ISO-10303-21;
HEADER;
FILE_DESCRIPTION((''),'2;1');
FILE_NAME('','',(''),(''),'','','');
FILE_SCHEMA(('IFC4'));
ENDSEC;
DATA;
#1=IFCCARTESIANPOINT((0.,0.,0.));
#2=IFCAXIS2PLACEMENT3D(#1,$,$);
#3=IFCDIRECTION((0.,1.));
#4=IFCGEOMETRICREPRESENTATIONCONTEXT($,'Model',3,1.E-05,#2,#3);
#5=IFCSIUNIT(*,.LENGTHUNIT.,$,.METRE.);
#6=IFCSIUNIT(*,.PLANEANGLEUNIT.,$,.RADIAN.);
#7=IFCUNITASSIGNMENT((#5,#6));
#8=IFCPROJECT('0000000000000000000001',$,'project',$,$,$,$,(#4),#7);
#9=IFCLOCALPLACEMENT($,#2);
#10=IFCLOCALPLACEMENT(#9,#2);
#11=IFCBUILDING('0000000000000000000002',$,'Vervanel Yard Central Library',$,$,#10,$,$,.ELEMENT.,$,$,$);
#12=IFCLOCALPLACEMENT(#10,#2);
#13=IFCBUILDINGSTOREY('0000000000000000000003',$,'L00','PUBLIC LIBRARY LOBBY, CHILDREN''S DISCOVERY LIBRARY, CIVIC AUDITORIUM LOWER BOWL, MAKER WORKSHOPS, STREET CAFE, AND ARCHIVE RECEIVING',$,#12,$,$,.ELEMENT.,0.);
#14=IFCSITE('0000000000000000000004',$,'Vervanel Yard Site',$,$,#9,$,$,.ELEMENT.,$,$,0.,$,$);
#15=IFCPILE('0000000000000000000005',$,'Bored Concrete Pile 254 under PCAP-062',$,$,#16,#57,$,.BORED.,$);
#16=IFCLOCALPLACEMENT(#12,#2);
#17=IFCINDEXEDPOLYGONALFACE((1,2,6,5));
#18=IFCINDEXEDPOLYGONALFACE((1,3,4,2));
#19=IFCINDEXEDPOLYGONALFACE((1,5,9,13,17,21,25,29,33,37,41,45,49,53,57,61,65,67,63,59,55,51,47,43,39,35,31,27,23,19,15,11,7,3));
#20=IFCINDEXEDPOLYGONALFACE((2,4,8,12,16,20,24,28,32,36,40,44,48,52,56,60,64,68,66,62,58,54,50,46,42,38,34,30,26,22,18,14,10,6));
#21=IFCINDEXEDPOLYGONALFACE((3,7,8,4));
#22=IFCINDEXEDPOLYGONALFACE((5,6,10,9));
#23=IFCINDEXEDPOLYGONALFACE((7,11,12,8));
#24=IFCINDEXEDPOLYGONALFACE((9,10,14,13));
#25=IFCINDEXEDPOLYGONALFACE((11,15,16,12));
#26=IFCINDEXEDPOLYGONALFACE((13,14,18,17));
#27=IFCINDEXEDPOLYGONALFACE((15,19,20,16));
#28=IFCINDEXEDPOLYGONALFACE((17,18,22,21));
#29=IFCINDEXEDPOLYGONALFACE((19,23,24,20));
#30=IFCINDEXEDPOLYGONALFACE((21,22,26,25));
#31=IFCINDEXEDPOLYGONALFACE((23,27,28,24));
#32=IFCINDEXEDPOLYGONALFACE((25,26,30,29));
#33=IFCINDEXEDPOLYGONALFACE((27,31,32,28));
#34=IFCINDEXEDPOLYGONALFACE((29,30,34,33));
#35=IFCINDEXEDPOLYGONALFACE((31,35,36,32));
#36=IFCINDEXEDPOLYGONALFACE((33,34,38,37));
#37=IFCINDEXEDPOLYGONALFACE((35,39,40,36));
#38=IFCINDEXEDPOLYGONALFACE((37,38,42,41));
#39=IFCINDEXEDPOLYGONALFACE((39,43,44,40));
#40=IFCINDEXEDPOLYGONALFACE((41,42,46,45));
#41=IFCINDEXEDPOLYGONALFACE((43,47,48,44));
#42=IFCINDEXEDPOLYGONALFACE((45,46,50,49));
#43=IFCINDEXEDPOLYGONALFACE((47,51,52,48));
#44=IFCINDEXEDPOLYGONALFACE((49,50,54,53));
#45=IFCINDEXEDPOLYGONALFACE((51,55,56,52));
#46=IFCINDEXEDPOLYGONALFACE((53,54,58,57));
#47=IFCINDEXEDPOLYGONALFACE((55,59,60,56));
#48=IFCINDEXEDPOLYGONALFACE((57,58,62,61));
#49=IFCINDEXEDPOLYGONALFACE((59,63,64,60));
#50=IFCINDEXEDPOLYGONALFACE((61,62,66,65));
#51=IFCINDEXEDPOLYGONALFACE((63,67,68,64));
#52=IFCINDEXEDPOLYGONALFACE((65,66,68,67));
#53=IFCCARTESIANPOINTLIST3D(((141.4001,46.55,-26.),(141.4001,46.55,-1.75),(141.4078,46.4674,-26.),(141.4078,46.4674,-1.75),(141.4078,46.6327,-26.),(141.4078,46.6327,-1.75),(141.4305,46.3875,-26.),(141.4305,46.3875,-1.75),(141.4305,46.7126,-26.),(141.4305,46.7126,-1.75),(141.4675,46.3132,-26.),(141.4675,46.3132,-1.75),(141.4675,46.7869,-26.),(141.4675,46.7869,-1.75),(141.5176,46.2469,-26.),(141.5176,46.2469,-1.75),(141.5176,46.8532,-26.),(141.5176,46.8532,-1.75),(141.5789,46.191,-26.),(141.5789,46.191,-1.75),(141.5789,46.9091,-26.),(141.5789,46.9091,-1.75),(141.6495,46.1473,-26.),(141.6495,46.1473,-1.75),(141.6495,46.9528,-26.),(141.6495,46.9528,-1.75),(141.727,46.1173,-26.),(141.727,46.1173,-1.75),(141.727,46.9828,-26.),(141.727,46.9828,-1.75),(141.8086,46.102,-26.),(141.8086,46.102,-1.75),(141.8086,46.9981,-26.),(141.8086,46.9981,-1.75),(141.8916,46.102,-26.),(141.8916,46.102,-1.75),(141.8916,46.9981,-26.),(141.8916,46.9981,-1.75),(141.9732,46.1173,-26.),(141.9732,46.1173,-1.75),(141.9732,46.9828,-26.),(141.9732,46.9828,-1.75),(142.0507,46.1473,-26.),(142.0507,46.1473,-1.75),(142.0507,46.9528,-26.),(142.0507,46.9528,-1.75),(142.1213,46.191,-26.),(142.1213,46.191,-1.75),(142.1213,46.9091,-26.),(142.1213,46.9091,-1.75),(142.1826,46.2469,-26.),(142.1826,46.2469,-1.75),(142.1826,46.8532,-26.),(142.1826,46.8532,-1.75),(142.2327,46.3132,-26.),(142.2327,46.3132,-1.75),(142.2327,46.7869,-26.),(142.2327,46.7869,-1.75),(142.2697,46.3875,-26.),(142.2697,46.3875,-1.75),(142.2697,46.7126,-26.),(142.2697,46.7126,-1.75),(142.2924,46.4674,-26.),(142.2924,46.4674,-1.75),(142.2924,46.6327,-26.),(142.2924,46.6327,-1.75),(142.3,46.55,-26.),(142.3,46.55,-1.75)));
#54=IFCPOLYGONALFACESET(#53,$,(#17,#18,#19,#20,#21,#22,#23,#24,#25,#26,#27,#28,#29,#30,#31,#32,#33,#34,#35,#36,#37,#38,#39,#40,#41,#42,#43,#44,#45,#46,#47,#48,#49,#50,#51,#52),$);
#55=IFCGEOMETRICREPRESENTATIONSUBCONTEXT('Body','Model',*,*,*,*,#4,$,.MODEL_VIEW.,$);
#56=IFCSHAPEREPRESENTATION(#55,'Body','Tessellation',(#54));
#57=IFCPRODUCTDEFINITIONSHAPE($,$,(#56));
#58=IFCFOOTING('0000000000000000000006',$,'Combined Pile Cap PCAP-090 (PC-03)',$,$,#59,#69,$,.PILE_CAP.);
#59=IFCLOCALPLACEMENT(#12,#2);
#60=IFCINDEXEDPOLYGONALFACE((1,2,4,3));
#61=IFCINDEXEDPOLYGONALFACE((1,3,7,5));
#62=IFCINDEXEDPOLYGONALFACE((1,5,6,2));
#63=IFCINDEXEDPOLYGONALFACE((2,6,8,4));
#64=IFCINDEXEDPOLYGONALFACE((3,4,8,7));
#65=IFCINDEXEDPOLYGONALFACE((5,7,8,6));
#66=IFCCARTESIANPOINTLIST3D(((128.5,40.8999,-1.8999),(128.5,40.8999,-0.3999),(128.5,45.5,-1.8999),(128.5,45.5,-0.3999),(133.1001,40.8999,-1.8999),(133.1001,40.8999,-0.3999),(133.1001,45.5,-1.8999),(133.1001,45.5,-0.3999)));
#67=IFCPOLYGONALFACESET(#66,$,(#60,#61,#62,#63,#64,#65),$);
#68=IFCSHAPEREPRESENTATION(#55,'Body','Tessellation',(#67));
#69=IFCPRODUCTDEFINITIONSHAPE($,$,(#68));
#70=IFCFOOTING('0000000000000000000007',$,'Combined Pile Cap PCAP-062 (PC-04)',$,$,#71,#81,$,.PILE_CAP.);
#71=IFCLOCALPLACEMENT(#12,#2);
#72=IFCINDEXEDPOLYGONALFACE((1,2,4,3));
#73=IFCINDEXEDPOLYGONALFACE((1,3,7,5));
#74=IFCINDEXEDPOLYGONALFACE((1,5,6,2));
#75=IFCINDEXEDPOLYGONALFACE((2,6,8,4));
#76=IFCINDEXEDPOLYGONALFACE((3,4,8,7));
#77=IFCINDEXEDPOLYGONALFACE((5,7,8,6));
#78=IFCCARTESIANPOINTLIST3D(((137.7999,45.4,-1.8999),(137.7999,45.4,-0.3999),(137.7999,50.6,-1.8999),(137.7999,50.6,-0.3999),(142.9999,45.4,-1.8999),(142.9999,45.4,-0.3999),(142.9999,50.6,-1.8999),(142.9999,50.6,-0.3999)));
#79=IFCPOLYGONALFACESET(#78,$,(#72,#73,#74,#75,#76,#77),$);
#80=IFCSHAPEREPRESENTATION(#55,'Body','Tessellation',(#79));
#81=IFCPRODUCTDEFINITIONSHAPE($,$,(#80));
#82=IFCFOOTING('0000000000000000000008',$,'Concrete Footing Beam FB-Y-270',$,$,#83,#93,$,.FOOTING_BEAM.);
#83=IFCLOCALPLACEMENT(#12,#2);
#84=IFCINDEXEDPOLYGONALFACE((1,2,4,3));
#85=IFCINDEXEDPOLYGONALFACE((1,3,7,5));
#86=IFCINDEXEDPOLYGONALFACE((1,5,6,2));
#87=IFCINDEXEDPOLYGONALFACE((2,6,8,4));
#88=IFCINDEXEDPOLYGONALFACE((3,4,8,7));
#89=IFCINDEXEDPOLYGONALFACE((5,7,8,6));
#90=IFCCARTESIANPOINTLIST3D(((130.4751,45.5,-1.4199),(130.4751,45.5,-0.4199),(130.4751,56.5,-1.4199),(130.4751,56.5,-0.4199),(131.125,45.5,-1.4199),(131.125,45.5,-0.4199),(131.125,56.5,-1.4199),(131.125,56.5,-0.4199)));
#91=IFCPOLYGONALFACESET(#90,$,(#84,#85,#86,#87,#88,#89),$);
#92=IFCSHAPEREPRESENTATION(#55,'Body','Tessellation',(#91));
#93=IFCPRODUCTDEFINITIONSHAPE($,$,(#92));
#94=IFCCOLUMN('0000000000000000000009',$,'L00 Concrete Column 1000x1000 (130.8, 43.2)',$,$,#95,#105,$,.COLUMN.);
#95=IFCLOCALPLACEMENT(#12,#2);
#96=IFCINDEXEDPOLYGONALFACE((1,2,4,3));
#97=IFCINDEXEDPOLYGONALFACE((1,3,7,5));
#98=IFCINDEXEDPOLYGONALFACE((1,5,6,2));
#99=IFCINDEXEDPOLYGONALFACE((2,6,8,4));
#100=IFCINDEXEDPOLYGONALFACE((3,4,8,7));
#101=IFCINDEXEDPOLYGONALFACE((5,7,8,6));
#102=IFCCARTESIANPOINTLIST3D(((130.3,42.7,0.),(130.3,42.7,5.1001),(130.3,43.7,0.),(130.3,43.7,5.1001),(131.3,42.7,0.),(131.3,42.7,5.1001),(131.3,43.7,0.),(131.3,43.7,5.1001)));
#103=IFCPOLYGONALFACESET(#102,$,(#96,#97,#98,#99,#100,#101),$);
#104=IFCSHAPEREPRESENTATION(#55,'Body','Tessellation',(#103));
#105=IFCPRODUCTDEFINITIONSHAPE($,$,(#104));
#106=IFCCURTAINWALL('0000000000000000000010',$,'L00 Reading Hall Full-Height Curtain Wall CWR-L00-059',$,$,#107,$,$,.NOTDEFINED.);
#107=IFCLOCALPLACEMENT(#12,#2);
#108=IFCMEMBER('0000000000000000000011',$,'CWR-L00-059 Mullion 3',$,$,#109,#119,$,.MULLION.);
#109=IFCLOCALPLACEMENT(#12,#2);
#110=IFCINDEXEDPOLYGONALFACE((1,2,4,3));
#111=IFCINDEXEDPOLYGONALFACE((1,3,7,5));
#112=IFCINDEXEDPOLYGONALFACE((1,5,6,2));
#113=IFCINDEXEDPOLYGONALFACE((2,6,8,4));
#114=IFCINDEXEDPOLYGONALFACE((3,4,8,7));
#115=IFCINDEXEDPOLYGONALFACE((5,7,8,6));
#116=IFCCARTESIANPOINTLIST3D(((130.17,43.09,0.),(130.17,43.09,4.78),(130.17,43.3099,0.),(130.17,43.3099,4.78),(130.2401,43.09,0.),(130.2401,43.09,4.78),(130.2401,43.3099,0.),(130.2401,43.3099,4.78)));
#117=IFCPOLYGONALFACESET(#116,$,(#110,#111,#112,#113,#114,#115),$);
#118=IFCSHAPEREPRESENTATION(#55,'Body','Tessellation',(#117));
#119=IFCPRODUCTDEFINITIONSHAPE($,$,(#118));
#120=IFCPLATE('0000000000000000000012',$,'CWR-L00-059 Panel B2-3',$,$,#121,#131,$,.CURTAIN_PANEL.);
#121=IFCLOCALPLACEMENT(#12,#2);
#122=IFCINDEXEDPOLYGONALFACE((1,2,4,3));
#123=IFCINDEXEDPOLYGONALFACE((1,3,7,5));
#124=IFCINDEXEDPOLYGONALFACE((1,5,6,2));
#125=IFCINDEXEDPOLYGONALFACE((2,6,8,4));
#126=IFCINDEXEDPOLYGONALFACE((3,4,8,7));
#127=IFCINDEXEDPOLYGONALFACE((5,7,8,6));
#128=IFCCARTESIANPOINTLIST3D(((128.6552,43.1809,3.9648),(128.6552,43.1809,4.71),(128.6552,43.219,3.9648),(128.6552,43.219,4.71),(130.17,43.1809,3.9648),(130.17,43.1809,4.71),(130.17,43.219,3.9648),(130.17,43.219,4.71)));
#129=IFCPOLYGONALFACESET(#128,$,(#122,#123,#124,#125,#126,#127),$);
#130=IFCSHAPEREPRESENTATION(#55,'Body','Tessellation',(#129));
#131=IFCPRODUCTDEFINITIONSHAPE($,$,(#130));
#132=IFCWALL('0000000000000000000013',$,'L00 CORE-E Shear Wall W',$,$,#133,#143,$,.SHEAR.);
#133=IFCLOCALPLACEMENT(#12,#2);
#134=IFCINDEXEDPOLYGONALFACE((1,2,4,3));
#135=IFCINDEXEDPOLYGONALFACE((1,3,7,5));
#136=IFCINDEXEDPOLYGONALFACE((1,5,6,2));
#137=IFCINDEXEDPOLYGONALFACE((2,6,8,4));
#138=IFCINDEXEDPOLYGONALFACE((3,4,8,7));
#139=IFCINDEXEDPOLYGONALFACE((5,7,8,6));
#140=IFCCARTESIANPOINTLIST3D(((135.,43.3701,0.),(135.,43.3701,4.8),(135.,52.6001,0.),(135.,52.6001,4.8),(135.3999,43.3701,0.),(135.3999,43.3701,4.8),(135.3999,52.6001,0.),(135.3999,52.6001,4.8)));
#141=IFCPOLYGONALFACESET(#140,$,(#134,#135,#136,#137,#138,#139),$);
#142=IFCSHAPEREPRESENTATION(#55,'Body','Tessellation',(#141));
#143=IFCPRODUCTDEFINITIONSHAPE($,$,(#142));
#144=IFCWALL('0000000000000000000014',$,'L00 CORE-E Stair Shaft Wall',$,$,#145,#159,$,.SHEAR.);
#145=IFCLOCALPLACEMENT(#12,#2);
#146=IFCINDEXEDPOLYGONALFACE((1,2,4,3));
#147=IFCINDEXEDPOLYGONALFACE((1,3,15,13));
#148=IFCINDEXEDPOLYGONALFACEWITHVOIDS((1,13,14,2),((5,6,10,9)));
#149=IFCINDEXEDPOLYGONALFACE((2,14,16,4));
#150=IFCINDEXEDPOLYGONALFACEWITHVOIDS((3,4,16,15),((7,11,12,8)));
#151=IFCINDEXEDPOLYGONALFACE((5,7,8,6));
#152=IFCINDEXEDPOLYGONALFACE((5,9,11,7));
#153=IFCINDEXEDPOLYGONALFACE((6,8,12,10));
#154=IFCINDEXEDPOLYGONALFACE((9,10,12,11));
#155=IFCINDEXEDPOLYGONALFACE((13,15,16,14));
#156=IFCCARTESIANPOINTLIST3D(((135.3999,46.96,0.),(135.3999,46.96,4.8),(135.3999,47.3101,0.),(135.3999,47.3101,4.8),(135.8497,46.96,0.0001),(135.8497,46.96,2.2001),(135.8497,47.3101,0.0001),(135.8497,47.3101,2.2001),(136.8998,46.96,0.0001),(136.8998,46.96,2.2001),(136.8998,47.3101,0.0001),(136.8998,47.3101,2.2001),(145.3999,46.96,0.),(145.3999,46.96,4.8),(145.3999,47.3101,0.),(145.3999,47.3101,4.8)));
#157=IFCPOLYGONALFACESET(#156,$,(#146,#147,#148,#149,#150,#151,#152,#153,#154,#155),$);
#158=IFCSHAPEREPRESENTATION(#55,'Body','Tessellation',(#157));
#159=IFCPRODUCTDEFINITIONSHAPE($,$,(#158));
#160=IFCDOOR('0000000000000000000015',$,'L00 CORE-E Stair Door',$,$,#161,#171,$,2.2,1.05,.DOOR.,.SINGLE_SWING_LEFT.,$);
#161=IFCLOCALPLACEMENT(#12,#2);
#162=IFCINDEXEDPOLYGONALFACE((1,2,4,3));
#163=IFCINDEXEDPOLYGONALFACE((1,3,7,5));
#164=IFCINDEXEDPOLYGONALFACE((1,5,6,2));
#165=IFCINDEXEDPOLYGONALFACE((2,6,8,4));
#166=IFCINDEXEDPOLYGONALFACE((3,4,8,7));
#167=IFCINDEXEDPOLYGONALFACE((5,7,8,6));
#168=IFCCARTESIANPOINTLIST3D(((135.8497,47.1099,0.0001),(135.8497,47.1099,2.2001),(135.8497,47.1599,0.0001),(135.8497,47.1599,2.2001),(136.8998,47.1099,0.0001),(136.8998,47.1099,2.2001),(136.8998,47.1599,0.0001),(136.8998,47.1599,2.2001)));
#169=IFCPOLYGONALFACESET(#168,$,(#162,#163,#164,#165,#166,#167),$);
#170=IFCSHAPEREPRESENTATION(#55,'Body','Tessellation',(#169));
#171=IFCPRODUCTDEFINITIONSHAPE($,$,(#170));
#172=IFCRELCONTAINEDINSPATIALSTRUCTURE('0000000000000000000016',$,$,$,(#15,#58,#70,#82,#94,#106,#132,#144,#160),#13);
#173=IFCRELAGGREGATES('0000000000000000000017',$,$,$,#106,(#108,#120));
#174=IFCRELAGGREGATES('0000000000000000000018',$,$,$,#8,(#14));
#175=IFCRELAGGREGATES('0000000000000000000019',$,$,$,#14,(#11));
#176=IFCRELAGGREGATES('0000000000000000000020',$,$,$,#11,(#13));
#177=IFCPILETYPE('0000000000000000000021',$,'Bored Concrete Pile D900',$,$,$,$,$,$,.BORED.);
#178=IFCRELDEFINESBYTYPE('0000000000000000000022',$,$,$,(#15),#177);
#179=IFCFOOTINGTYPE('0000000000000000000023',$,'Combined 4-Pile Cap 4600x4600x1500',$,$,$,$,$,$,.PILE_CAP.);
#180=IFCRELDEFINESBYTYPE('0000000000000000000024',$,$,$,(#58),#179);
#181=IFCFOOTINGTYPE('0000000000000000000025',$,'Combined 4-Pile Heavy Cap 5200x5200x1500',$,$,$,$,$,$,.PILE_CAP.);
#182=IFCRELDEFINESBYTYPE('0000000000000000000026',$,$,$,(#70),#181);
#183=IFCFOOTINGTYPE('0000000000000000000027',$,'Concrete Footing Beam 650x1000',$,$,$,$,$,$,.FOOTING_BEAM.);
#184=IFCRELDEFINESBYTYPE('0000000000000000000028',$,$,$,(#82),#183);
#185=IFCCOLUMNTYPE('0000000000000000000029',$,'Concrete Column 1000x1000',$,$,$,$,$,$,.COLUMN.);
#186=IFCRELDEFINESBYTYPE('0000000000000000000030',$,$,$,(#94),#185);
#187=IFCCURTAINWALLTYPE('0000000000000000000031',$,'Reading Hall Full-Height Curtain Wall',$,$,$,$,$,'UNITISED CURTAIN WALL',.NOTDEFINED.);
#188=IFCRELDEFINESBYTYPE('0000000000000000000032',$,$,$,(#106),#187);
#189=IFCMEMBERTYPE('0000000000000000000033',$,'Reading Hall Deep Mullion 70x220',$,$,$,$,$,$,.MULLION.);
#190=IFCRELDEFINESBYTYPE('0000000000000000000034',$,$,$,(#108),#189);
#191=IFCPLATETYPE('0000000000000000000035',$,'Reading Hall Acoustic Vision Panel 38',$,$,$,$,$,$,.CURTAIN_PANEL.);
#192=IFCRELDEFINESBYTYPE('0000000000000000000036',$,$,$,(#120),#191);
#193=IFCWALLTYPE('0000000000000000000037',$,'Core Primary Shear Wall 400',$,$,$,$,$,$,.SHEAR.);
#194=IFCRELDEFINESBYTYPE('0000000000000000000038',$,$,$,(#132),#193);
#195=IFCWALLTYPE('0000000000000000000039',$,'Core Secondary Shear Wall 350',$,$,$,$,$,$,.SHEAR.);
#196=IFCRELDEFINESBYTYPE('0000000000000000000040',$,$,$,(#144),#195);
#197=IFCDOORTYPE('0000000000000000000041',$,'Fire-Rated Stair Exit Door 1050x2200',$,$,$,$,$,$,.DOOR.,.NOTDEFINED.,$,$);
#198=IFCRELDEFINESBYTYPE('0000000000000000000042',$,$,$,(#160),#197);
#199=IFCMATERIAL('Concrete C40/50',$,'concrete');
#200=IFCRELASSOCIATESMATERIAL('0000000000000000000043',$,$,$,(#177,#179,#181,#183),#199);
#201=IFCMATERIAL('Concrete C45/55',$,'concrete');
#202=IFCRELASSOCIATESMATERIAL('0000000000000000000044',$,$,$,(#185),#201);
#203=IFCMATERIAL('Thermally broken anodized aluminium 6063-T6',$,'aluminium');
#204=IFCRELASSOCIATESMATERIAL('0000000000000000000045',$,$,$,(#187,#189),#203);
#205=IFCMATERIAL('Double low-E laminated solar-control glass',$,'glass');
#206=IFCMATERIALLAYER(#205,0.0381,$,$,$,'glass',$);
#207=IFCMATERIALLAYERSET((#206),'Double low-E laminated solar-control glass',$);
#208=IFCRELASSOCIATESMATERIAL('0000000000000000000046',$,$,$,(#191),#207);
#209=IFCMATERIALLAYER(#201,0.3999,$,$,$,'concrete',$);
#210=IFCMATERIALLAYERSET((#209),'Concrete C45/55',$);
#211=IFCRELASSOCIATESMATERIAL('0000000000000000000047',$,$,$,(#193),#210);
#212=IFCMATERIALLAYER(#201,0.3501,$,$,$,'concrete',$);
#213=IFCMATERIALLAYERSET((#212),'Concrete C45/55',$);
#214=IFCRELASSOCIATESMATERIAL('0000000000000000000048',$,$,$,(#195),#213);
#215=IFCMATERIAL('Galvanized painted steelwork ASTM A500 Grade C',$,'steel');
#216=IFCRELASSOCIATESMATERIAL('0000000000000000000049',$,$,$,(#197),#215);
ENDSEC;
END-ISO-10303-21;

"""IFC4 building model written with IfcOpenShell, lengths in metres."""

from ifc_helpers import new_model, si_unit, direction, frame, frame_2d, origin, origin_2d, place, context, subcontext, project, spatial, rectangle, circle, extrude, material, layer, layer_set, material_profile, profile_set, type_object, element, fill, aggregate, save


model = new_model("IFC4")

# Units and contexts
model_context = context("Model", 3, precision=1e-05, world=origin(), true_north=direction((0.0, 1.0)))
body_context = subcontext(model_context, "Body", "Model", "MODEL_VIEW")
ifc_project = project(units=[si_unit("LENGTHUNIT", "METRE"), si_unit("PLANEANGLEUNIT", "RADIAN")], contexts=[model_context])

# Site, building, storey
site_placement = place(None, origin())
site = spatial("IfcSite", under=ifc_project, at=site_placement, Name="Vervanel Yard Site", CompositionType="ELEMENT", RefElevation=0.0)
building_placement = place(site_placement, origin())
building = spatial("IfcBuilding", under=site, at=building_placement, Name="Vervanel Yard Central Library", CompositionType="ELEMENT")
storey_placement = place(building_placement, origin())
storey = spatial("IfcBuildingStorey", under=building, at=storey_placement, Name="L00", Description="PUBLIC LIBRARY LOBBY, CHILDREN'S DISCOVERY LIBRARY, CIVIC AUDITORIUM LOWER BOWL, MAKER WORKSHOPS, STREET CAFE, AND ARCHIVE RECEIVING", CompositionType="ELEMENT", Elevation=0.0)

# Pile
ifc_material_1 = material(Name="Concrete C40/50", Category="concrete")
ifc_material_profile_1 = material_profile(ifc_material_1, circle(Radius=0.45, at=origin_2d()), Name="BP D900", Category="concrete")
ifc_profile_set_1 = profile_set([ifc_material_profile_1], Name="Concrete C40/50")
pile_type_1 = type_object("IfcPileType", Name="Bored Concrete Pile D900", PredefinedType="BORED", material=ifc_profile_set_1)
for number, where, z_axis, x_axis, name in (
    (1, (141.8501, 46.55, -1.75), (0.0, 0.0, -1.0), (1.0, 0.0, 0.0), "Bored Concrete Pile 254 under PCAP-062"),
):
    element("IfcPile", number, at=place(storey_placement, frame(where, z_axis=z_axis, x_axis=x_axis)), inside=storey, type_object=pile_type_1, Name=name, PredefinedType="BORED", context=body_context, shape_type="SweptSolid", body=[
        extrude(circle(Radius=0.45, at=origin_2d()), origin(), (0.0, 0.0, 1.0), 24.25),
    ])

# Footings
footing_type_1 = type_object("IfcFootingType", Name="Combined 4-Pile Cap 4600x4600x1500", PredefinedType="PILE_CAP", material=ifc_material_1)
footing_1_placement = place(storey_placement, frame((130.8, 43.2, -1.8999), z_axis=(0.0, 0.0, 1.0), x_axis=(1.0, 0.0, 0.0)))
element("IfcFooting", 2, at=footing_1_placement, inside=storey, type_object=footing_type_1, Name="Combined Pile Cap PCAP-090 (PC-03)", PredefinedType="PILE_CAP", context=body_context, shape_type="SweptSolid", body=[
    extrude(rectangle(XDim=4.6001, YDim=4.6001, at=origin_2d()), origin(), (0.0, 0.0, 1.0), 1.5),
])
footing_type_2 = type_object("IfcFootingType", Name="Combined 4-Pile Heavy Cap 5200x5200x1500", PredefinedType="PILE_CAP", material=ifc_material_1)
footing_2_placement = place(storey_placement, frame((140.3999, 48.0, -1.8999), z_axis=(0.0, 0.0, 1.0), x_axis=(1.0, 0.0, 0.0)))
element("IfcFooting", 3, at=footing_2_placement, inside=storey, type_object=footing_type_2, Name="Combined Pile Cap PCAP-062 (PC-04)", PredefinedType="PILE_CAP", context=body_context, shape_type="SweptSolid", body=[
    extrude(rectangle(XDim=5.2, YDim=5.2, at=origin_2d()), origin(), (0.0, 0.0, 1.0), 1.5),
])
ifc_material_profile_2 = material_profile(ifc_material_1, rectangle(XDim=0.6499, YDim=1.0, at=origin_2d()), Name="RC 650x1000", Category="concrete")
ifc_profile_set_2 = profile_set([ifc_material_profile_2], Name="Concrete C40/50")
footing_type_3 = type_object("IfcFootingType", Name="Concrete Footing Beam 650x1000", PredefinedType="FOOTING_BEAM", material=ifc_profile_set_2)
footing_3_placement = place(storey_placement, frame((130.8, 45.5, -0.9199), z_axis=(0.0, 1.0, 0.0), x_axis=(-1.0, 0.0, 0.0)))
element("IfcFooting", 4, at=footing_3_placement, inside=storey, type_object=footing_type_3, Name="Concrete Footing Beam FB-Y-270", PredefinedType="FOOTING_BEAM", context=body_context, shape_type="SweptSolid", body=[
    extrude(rectangle(XDim=0.6499, YDim=1.0, at=origin_2d()), origin(), (0.0, 0.0, 1.0), 11.0),
])

# Column
ifc_material_2 = material(Name="Concrete C45/55", Category="concrete")
ifc_material_profile_3 = material_profile(ifc_material_2, rectangle(XDim=1.0, YDim=1.0, at=origin_2d()), Name="RC 1000x1000", Category="concrete")
ifc_profile_set_3 = profile_set([ifc_material_profile_3], Name="Concrete C45/55")
column_type = type_object("IfcColumnType", Name="Concrete Column 1000x1000", PredefinedType="COLUMN", material=ifc_profile_set_3)
column_placement = place(storey_placement, frame((130.8, 43.2, 0.0), z_axis=(0.0, 0.0, 1.0), x_axis=(1.0, 0.0, 0.0)))
element("IfcColumn", 5, at=column_placement, inside=storey, type_object=column_type, Name="L00 Concrete Column 1000x1000 (130.8, 43.2)", PredefinedType="COLUMN", context=body_context, shape_type="SweptSolid", body=[
    extrude(rectangle(XDim=1.0, YDim=1.0, at=origin_2d()), origin(), (0.0, 0.0, 1.0), 5.1001),
])

# Curtain wall, member, plate
ifc_material_3 = material(Name="Thermally broken anodized aluminium 6063-T6", Category="aluminium")
curtain_wall_type = type_object("IfcCurtainWallType", Name="Reading Hall Full-Height Curtain Wall", ElementType="UNITISED CURTAIN WALL", PredefinedType="NOTDEFINED", material=ifc_material_3)
curtain_wall_placement = place(storey_placement, origin())
curtain_wall = element("IfcCurtainWall", 6, at=curtain_wall_placement, inside=storey, type_object=curtain_wall_type, Name="L00 Reading Hall Full-Height Curtain Wall CWR-L00-059", PredefinedType="NOTDEFINED")
ifc_material_profile_4 = material_profile(ifc_material_3, rectangle(XDim=0.0701, YDim=0.22, at=origin_2d()), Name="ALU 70x220", Category="aluminium")
ifc_profile_set_4 = profile_set([ifc_material_profile_4], Name="Thermally broken anodized aluminium 6063-T6")
member_type = type_object("IfcMemberType", Name="Reading Hall Deep Mullion 70x220", PredefinedType="MULLION", material=ifc_profile_set_4)
member_placement = place(storey_placement, frame((130.2051, 43.2, 0.0), z_axis=(0.0, 0.0, 1.0), x_axis=(1.0, 0.0, 0.0)))
member = element("IfcMember", 7, at=member_placement, type_object=member_type, Name="CWR-L00-059 Mullion 3", PredefinedType="MULLION", context=body_context, shape_type="SweptSolid", body=[
    extrude(rectangle(XDim=0.0701, YDim=0.22, at=origin_2d()), origin(), (0.0, 0.0, 1.0), 4.78),
])
ifc_material_4 = material(Name="Double low-E laminated solar-control glass", Category="glass")
ifc_layer_1 = layer(ifc_material_4, 0.0381, Category="glass")
ifc_layer_set_1 = layer_set([ifc_layer_1], Name="Double low-E laminated solar-control glass")
plate_type = type_object("IfcPlateType", Name="Reading Hall Acoustic Vision Panel 38", PredefinedType="CURTAIN_PANEL", material=ifc_layer_set_1)
plate_placement = place(storey_placement, frame((129.4126, 43.2, 3.9648), z_axis=(0.0, 0.0, 1.0), x_axis=(1.0, 0.0, 0.0)))
plate = element("IfcPlate", 8, at=plate_placement, type_object=plate_type, Name="CWR-L00-059 Panel B2-3", PredefinedType="CURTAIN_PANEL", context=body_context, shape_type="SweptSolid", body=[
    extrude(rectangle(XDim=1.5149, YDim=0.0381, at=origin_2d()), origin(), (0.0, 0.0, 1.0), 0.7451),
])
aggregate(curtain_wall, [member, plate])

# Wall
ifc_layer_2 = layer(ifc_material_2, 0.3999, Category="concrete")
ifc_layer_set_2 = layer_set([ifc_layer_2], Name="Concrete C45/55")
wall_type_1 = type_object("IfcWallType", Name="Core Primary Shear Wall 400", PredefinedType="SHEAR", material=ifc_layer_set_2)
wall_1_placement = place(storey_placement, frame((135.2, 43.3701, 0.0), z_axis=(0.0, 0.0, 1.0), x_axis=(0.0, 1.0, 0.0)))
element("IfcWall", 9, at=wall_1_placement, inside=storey, type_object=wall_type_1, Name="L00 CORE-E Shear Wall W", PredefinedType="SHEAR", context=body_context, shape_type="SweptSolid", body=[
    extrude(rectangle(XDim=9.23, YDim=0.3999, at=frame_2d((4.615, 0.0))), origin(), (0.0, 0.0, 1.0), 4.8),
])

# Wall, opening, door
ifc_layer_3 = layer(ifc_material_2, 0.3501, Category="concrete")
ifc_layer_set_3 = layer_set([ifc_layer_3], Name="Concrete C45/55")
wall_type_2 = type_object("IfcWallType", Name="Core Secondary Shear Wall 350", PredefinedType="SHEAR", material=ifc_layer_set_3)
wall_2_placement = place(storey_placement, frame((135.3999, 47.135, 0.0), z_axis=(0.0, 0.0, 1.0), x_axis=(1.0, 0.0, 0.0)))
wall_2 = element("IfcWall", 10, at=wall_2_placement, inside=storey, type_object=wall_type_2, Name="L00 CORE-E Stair Shaft Wall", PredefinedType="SHEAR", context=body_context, shape_type="SweptSolid", body=[
    extrude(rectangle(XDim=10.0, YDim=0.3501, at=frame_2d((5.0, 0.0))), origin(), (0.0, 0.0, 1.0), 4.8),
])
opening_1_placement = place(wall_2_placement, frame((0.45, 0.0, 0.0)))
opening_1 = element("IfcOpeningElement", 11, at=opening_1_placement, cuts=wall_2, PredefinedType="OPENING", context=body_context, shape_type="SweptSolid", body=[
    extrude(rectangle(XDim=1.05, YDim=2.2, at=frame_2d((0.5249, 1.1001))), frame((0.0, 0.1851, 0.0), z_axis=(0.0, -1.0, 0.0), x_axis=(1.0, 0.0, 0.0)), (0.0, 0.0, 1.0), 0.3701),
])
ifc_material_5 = material(Name="Galvanized painted steelwork ASTM A500 Grade C", Category="steel")
door_type_1 = type_object("IfcDoorType", Name="Fire-Rated Stair Exit Door 1050x2200", OperationType="NOTDEFINED", PredefinedType="DOOR", material=ifc_material_5)
door_1_placement = place(opening_1_placement, origin())
door_1 = element("IfcDoor", 12, at=door_1_placement, inside=storey, type_object=door_type_1, Name="L00 CORE-E Stair Door", OperationType="SINGLE_SWING_LEFT", OverallHeight=2.2, OverallWidth=1.05, PredefinedType="DOOR", context=body_context, shape_type="SweptSolid", body=[
    extrude(rectangle(XDim=1.05, YDim=2.2, at=frame_2d((0.5249, 1.1001))), frame((0.0, 0.0249, 0.0), z_axis=(0.0, -1.0, 0.0), x_axis=(1.0, 0.0, 0.0)), (0.0, 0.0, 1.0), 0.05),
])
fill(opening_1, door_1)

save(model, "model.ifc")
